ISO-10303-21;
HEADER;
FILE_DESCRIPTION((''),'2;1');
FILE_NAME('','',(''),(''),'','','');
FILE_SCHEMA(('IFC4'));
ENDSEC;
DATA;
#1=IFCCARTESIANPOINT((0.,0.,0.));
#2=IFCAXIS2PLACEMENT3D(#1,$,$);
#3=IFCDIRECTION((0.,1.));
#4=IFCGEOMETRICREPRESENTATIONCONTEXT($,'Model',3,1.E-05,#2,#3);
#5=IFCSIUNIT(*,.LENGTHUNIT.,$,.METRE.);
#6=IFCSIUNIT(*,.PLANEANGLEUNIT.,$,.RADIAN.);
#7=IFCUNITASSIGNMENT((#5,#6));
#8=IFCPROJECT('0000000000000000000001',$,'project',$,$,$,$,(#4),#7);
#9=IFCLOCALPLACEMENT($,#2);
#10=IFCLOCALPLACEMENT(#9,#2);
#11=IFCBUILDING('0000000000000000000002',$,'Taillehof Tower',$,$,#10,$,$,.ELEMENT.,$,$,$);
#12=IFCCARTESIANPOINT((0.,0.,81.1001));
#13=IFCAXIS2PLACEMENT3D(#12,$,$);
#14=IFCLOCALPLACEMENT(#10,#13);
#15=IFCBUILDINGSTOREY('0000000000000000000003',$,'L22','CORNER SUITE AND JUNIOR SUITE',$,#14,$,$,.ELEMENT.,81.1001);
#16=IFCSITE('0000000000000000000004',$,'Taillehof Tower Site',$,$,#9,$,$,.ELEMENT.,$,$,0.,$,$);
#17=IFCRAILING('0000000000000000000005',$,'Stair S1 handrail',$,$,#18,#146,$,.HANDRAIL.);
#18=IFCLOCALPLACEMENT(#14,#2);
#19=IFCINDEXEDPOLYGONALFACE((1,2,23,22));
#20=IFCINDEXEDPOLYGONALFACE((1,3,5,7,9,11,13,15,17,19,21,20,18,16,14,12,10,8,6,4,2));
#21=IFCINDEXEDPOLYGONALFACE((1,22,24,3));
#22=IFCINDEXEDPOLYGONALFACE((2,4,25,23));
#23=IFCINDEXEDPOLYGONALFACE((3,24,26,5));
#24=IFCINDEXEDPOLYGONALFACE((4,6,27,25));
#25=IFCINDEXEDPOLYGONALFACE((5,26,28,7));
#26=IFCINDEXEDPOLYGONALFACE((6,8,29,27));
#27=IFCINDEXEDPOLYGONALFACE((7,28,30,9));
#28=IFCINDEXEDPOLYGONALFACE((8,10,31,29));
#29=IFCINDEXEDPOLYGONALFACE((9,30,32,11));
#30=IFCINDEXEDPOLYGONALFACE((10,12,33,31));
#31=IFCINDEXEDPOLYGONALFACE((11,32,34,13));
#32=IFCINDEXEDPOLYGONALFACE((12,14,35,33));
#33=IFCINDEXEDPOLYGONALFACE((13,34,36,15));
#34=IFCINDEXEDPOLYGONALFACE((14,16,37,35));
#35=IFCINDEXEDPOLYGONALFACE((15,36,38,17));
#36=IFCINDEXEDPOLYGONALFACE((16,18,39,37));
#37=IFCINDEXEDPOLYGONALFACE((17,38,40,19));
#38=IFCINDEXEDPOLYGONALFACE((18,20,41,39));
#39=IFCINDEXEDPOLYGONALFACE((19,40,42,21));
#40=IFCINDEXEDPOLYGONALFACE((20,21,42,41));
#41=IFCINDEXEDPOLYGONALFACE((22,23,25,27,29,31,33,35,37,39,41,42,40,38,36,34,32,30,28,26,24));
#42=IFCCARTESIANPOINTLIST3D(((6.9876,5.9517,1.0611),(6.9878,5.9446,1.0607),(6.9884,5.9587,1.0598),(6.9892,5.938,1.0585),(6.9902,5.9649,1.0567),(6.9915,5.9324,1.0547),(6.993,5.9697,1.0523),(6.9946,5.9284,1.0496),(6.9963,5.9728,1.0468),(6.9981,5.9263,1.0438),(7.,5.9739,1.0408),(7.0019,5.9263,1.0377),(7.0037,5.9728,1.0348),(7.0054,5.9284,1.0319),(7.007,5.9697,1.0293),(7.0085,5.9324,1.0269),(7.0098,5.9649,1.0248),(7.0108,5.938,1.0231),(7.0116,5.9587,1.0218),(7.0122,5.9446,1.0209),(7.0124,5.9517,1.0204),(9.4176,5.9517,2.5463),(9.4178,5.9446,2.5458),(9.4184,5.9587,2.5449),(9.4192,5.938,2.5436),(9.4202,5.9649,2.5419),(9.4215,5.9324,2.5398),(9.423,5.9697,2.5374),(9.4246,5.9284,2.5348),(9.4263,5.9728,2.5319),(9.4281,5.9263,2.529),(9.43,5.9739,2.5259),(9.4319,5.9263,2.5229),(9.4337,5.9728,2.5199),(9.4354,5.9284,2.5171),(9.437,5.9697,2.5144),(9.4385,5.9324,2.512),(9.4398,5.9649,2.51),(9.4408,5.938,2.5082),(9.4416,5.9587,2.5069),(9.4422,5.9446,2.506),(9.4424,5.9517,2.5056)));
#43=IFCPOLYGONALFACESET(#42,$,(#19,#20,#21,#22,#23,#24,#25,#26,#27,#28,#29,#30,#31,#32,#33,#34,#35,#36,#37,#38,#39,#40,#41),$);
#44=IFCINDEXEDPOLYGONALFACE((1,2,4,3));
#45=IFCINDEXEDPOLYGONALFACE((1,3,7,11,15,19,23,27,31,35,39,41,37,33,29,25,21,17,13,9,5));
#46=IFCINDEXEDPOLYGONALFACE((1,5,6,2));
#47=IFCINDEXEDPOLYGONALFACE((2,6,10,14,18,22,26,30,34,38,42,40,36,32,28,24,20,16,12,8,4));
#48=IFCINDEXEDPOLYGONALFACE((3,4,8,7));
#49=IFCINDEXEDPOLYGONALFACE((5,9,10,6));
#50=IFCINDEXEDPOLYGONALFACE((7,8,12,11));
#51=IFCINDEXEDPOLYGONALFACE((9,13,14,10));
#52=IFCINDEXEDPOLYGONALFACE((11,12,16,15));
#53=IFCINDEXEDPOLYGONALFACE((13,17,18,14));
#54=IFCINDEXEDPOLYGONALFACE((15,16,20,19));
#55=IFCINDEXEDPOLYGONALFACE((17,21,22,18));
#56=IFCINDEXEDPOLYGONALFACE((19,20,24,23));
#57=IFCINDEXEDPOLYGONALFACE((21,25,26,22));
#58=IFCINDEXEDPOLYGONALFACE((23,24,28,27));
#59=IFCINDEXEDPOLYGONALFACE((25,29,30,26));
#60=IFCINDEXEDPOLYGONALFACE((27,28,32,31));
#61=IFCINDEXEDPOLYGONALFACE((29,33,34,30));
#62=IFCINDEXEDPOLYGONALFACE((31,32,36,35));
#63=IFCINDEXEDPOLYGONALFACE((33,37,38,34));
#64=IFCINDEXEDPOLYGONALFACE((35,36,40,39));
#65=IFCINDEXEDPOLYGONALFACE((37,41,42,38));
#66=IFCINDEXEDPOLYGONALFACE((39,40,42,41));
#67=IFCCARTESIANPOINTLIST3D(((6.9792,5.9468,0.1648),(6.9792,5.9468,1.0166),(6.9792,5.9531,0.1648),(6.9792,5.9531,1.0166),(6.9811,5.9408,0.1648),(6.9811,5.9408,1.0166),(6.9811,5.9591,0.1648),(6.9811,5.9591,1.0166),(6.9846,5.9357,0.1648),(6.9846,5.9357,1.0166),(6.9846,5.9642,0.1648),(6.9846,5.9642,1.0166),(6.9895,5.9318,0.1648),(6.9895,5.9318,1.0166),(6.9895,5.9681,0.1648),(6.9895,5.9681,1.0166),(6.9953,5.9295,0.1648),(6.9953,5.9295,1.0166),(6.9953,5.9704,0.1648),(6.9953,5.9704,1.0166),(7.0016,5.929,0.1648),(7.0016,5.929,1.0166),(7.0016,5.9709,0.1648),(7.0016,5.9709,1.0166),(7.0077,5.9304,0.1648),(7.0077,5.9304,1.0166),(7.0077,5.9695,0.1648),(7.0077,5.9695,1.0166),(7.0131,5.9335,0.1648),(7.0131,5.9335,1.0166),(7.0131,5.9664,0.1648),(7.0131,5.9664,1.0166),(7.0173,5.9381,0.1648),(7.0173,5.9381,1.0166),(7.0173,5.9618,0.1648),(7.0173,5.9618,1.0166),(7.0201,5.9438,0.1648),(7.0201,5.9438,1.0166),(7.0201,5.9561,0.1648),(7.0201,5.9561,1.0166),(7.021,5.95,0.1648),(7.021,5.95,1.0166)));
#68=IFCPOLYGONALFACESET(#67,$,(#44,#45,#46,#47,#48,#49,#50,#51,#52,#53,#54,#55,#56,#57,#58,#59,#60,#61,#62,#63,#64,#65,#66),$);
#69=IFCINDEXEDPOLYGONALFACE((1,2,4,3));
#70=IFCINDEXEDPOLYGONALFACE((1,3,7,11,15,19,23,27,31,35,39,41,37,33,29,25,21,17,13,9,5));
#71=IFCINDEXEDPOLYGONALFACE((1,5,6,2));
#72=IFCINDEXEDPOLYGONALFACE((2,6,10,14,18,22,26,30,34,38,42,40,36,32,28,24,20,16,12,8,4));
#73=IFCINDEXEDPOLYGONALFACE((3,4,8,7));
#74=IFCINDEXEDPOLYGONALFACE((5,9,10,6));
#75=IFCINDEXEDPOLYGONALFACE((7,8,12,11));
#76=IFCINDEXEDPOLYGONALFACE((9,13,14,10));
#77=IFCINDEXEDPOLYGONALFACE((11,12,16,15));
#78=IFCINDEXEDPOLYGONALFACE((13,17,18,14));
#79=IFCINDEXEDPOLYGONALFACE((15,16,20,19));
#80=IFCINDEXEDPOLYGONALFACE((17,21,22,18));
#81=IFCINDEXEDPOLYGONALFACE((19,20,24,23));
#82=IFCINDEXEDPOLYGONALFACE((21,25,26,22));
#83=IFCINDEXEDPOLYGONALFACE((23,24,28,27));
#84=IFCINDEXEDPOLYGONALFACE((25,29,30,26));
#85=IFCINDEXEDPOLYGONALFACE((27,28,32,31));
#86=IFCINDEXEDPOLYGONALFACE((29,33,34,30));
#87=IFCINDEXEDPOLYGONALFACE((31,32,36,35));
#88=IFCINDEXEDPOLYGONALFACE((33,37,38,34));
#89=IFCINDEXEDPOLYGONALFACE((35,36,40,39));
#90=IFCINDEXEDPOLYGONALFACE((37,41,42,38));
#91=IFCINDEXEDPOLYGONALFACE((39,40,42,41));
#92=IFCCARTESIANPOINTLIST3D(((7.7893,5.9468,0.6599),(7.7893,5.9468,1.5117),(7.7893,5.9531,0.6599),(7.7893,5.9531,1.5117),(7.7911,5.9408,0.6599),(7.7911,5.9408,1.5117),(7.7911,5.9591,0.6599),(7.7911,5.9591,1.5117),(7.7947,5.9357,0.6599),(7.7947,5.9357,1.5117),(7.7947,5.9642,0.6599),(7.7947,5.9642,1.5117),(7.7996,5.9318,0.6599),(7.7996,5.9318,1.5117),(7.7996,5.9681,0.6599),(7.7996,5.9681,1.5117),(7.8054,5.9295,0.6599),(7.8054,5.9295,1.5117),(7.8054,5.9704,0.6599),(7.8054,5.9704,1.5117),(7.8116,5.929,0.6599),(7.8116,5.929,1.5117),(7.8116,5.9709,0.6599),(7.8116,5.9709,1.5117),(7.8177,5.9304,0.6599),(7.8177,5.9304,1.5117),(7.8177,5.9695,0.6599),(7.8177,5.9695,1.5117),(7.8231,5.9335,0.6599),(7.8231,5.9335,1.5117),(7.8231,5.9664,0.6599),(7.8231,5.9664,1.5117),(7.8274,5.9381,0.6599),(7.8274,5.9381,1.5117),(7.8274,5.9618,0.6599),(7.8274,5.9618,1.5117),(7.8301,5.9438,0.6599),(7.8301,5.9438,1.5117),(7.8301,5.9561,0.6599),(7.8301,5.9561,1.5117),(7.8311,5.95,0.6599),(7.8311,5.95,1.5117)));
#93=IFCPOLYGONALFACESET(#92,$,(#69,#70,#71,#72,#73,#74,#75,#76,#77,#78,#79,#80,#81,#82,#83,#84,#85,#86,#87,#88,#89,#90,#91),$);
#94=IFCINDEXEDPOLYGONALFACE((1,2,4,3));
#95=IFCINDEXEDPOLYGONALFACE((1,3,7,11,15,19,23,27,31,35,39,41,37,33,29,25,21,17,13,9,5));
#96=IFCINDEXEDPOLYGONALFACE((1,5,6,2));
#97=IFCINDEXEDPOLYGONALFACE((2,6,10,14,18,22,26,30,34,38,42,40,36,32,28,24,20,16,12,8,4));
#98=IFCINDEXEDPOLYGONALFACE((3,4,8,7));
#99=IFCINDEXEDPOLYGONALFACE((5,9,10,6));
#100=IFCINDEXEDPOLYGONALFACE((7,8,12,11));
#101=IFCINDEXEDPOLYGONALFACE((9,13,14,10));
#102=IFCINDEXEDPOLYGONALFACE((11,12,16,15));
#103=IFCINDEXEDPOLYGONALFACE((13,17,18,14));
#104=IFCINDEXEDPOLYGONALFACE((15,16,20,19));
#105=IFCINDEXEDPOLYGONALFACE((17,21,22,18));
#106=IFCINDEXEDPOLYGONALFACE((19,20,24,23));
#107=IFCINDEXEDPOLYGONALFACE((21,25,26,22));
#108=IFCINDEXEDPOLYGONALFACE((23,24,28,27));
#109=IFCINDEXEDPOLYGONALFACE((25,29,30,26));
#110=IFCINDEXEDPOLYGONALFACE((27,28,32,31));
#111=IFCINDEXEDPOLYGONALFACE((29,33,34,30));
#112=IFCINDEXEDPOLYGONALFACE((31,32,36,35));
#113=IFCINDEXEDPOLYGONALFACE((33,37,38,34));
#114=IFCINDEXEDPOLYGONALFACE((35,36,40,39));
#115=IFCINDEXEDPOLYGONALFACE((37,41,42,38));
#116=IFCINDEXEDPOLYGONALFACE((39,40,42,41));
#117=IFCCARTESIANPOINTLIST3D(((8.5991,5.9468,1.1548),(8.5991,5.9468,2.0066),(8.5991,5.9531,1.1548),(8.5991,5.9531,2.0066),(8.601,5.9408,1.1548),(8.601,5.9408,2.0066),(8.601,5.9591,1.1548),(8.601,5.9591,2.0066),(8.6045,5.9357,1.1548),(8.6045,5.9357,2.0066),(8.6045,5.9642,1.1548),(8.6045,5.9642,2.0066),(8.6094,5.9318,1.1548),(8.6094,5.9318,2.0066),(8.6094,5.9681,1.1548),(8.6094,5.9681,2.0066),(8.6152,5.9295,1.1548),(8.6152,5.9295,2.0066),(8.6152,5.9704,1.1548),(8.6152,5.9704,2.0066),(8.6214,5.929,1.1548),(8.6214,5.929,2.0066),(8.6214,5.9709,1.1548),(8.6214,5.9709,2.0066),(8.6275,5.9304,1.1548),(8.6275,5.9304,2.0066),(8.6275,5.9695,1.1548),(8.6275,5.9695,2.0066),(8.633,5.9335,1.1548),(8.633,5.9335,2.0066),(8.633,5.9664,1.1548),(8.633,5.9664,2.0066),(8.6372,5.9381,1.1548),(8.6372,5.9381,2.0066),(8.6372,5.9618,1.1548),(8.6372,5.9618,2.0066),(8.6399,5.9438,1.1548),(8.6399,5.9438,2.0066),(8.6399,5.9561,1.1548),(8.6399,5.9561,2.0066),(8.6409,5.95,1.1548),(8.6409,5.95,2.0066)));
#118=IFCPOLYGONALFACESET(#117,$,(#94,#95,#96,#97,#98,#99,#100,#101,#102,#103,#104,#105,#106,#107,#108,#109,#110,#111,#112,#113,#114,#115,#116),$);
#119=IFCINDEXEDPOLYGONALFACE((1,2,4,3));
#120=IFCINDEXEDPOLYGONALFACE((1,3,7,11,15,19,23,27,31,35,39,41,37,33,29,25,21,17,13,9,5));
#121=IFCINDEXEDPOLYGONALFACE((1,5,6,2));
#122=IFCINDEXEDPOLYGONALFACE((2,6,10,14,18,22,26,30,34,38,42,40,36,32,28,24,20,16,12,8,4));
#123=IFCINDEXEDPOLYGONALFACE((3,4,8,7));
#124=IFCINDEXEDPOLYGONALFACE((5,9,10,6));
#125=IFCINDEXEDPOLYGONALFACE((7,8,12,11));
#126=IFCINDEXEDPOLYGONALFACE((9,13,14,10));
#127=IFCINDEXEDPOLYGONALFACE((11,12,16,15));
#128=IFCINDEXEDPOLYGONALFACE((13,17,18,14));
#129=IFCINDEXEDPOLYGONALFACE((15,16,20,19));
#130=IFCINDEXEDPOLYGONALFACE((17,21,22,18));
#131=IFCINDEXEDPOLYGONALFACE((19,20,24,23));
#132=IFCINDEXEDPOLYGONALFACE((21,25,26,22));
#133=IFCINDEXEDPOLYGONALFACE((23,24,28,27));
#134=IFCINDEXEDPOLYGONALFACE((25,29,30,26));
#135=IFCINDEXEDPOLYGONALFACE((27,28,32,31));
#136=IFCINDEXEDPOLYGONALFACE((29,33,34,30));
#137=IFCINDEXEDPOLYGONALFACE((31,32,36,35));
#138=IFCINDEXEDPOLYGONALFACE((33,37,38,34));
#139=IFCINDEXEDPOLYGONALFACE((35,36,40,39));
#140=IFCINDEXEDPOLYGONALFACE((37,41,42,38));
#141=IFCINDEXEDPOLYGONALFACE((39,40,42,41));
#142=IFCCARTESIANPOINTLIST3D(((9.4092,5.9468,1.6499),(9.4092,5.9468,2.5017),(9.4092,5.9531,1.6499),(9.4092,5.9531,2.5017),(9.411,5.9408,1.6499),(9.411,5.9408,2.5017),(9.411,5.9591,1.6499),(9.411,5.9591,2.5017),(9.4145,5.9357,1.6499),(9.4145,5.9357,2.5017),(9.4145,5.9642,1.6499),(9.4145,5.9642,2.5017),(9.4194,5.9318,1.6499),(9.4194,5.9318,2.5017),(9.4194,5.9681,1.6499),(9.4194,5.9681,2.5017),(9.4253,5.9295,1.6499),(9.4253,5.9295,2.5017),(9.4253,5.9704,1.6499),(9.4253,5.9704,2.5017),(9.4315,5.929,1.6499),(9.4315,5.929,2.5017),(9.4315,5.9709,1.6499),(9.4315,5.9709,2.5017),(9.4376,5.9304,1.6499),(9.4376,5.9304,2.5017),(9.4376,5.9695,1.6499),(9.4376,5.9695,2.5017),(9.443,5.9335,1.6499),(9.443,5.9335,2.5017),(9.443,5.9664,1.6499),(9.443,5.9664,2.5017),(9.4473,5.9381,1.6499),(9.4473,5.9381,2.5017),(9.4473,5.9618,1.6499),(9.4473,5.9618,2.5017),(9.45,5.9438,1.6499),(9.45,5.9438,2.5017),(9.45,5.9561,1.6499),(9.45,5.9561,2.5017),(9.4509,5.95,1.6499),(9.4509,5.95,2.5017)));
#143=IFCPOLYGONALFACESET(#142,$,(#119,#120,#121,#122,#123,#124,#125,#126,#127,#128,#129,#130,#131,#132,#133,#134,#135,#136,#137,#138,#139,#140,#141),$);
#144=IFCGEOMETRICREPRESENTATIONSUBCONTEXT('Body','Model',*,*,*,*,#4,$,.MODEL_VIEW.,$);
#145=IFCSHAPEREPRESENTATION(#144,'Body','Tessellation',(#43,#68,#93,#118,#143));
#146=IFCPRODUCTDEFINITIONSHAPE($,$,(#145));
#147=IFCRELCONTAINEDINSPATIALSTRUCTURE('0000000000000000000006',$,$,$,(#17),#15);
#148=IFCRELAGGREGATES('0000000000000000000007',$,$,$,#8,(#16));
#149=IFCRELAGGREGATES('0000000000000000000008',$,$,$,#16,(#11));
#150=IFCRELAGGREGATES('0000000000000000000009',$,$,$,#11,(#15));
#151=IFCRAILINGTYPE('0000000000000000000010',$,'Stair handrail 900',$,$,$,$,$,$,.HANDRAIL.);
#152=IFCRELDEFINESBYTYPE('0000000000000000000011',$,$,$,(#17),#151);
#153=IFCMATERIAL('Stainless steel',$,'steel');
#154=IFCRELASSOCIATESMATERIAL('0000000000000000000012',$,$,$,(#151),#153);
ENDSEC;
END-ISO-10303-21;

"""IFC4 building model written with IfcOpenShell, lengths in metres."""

from ifc_helpers import new_model, si_unit, direction, frame, origin, origin_2d, place, context, subcontext, project, spatial, circle, extrude, material, type_object, element, save


model = new_model("IFC4")

# Units and contexts
model_context = context("Model", 3, precision=1e-05, world=origin(), true_north=direction((0.0, 1.0)))
body_context = subcontext(model_context, "Body", "Model", "MODEL_VIEW")
ifc_project = project(units=[si_unit("LENGTHUNIT", "METRE"), si_unit("PLANEANGLEUNIT", "RADIAN")], contexts=[model_context])

# Site, building, storey
site_placement = place(None, origin())
site = spatial("IfcSite", under=ifc_project, at=site_placement, Name="Taillehof Tower Site", CompositionType="ELEMENT", RefElevation=0.0)
building_placement = place(site_placement, origin())
building = spatial("IfcBuilding", under=site, at=building_placement, Name="Taillehof Tower", CompositionType="ELEMENT")
storey_placement = place(building_placement, frame((0.0, 0.0, 81.1001)))
storey = spatial("IfcBuildingStorey", under=building, at=storey_placement, Name="L22", Description="CORNER SUITE AND JUNIOR SUITE", CompositionType="ELEMENT", Elevation=81.1001)

# Railing
ifc_material_1 = material(Name="Stainless steel", Category="steel")
railing_type = type_object("IfcRailingType", Name="Stair handrail 900", PredefinedType="HANDRAIL", material=ifc_material_1)
railing_placement = place(storey_placement, frame((7.0, 5.95, 0.1648)))
element("IfcRailing", 1, at=railing_placement, inside=storey, type_object=railing_type, Name="Stair S1 handrail", PredefinedType="HANDRAIL", context=body_context, shape_type="SweptSolid", body=[
    extrude(circle(Radius=0.0239, at=origin_2d()), frame((0.0, 0.0, 0.876), z_axis=(0.853259, 0.0, 0.521488), x_axis=(0.0, 1.0, 0.0)), (0.0, 0.0, 1.0), 2.8479),
    extrude(circle(Radius=0.021, at=origin_2d()), origin(), (0.0, 0.0, 1.0), 0.8518),
    extrude(circle(Radius=0.021, at=origin_2d()), frame((0.8101, 0.0, 0.4951)), (0.0, 0.0, 1.0), 0.8518),
    extrude(circle(Radius=0.021, at=origin_2d()), frame((1.6199, 0.0, 0.99)), (0.0, 0.0, 1.0), 0.8518),
    extrude(circle(Radius=0.021, at=origin_2d()), frame((2.4299, 0.0, 1.4851)), (0.0, 0.0, 1.0), 0.8518),
])

save(model, "model.ifc")
